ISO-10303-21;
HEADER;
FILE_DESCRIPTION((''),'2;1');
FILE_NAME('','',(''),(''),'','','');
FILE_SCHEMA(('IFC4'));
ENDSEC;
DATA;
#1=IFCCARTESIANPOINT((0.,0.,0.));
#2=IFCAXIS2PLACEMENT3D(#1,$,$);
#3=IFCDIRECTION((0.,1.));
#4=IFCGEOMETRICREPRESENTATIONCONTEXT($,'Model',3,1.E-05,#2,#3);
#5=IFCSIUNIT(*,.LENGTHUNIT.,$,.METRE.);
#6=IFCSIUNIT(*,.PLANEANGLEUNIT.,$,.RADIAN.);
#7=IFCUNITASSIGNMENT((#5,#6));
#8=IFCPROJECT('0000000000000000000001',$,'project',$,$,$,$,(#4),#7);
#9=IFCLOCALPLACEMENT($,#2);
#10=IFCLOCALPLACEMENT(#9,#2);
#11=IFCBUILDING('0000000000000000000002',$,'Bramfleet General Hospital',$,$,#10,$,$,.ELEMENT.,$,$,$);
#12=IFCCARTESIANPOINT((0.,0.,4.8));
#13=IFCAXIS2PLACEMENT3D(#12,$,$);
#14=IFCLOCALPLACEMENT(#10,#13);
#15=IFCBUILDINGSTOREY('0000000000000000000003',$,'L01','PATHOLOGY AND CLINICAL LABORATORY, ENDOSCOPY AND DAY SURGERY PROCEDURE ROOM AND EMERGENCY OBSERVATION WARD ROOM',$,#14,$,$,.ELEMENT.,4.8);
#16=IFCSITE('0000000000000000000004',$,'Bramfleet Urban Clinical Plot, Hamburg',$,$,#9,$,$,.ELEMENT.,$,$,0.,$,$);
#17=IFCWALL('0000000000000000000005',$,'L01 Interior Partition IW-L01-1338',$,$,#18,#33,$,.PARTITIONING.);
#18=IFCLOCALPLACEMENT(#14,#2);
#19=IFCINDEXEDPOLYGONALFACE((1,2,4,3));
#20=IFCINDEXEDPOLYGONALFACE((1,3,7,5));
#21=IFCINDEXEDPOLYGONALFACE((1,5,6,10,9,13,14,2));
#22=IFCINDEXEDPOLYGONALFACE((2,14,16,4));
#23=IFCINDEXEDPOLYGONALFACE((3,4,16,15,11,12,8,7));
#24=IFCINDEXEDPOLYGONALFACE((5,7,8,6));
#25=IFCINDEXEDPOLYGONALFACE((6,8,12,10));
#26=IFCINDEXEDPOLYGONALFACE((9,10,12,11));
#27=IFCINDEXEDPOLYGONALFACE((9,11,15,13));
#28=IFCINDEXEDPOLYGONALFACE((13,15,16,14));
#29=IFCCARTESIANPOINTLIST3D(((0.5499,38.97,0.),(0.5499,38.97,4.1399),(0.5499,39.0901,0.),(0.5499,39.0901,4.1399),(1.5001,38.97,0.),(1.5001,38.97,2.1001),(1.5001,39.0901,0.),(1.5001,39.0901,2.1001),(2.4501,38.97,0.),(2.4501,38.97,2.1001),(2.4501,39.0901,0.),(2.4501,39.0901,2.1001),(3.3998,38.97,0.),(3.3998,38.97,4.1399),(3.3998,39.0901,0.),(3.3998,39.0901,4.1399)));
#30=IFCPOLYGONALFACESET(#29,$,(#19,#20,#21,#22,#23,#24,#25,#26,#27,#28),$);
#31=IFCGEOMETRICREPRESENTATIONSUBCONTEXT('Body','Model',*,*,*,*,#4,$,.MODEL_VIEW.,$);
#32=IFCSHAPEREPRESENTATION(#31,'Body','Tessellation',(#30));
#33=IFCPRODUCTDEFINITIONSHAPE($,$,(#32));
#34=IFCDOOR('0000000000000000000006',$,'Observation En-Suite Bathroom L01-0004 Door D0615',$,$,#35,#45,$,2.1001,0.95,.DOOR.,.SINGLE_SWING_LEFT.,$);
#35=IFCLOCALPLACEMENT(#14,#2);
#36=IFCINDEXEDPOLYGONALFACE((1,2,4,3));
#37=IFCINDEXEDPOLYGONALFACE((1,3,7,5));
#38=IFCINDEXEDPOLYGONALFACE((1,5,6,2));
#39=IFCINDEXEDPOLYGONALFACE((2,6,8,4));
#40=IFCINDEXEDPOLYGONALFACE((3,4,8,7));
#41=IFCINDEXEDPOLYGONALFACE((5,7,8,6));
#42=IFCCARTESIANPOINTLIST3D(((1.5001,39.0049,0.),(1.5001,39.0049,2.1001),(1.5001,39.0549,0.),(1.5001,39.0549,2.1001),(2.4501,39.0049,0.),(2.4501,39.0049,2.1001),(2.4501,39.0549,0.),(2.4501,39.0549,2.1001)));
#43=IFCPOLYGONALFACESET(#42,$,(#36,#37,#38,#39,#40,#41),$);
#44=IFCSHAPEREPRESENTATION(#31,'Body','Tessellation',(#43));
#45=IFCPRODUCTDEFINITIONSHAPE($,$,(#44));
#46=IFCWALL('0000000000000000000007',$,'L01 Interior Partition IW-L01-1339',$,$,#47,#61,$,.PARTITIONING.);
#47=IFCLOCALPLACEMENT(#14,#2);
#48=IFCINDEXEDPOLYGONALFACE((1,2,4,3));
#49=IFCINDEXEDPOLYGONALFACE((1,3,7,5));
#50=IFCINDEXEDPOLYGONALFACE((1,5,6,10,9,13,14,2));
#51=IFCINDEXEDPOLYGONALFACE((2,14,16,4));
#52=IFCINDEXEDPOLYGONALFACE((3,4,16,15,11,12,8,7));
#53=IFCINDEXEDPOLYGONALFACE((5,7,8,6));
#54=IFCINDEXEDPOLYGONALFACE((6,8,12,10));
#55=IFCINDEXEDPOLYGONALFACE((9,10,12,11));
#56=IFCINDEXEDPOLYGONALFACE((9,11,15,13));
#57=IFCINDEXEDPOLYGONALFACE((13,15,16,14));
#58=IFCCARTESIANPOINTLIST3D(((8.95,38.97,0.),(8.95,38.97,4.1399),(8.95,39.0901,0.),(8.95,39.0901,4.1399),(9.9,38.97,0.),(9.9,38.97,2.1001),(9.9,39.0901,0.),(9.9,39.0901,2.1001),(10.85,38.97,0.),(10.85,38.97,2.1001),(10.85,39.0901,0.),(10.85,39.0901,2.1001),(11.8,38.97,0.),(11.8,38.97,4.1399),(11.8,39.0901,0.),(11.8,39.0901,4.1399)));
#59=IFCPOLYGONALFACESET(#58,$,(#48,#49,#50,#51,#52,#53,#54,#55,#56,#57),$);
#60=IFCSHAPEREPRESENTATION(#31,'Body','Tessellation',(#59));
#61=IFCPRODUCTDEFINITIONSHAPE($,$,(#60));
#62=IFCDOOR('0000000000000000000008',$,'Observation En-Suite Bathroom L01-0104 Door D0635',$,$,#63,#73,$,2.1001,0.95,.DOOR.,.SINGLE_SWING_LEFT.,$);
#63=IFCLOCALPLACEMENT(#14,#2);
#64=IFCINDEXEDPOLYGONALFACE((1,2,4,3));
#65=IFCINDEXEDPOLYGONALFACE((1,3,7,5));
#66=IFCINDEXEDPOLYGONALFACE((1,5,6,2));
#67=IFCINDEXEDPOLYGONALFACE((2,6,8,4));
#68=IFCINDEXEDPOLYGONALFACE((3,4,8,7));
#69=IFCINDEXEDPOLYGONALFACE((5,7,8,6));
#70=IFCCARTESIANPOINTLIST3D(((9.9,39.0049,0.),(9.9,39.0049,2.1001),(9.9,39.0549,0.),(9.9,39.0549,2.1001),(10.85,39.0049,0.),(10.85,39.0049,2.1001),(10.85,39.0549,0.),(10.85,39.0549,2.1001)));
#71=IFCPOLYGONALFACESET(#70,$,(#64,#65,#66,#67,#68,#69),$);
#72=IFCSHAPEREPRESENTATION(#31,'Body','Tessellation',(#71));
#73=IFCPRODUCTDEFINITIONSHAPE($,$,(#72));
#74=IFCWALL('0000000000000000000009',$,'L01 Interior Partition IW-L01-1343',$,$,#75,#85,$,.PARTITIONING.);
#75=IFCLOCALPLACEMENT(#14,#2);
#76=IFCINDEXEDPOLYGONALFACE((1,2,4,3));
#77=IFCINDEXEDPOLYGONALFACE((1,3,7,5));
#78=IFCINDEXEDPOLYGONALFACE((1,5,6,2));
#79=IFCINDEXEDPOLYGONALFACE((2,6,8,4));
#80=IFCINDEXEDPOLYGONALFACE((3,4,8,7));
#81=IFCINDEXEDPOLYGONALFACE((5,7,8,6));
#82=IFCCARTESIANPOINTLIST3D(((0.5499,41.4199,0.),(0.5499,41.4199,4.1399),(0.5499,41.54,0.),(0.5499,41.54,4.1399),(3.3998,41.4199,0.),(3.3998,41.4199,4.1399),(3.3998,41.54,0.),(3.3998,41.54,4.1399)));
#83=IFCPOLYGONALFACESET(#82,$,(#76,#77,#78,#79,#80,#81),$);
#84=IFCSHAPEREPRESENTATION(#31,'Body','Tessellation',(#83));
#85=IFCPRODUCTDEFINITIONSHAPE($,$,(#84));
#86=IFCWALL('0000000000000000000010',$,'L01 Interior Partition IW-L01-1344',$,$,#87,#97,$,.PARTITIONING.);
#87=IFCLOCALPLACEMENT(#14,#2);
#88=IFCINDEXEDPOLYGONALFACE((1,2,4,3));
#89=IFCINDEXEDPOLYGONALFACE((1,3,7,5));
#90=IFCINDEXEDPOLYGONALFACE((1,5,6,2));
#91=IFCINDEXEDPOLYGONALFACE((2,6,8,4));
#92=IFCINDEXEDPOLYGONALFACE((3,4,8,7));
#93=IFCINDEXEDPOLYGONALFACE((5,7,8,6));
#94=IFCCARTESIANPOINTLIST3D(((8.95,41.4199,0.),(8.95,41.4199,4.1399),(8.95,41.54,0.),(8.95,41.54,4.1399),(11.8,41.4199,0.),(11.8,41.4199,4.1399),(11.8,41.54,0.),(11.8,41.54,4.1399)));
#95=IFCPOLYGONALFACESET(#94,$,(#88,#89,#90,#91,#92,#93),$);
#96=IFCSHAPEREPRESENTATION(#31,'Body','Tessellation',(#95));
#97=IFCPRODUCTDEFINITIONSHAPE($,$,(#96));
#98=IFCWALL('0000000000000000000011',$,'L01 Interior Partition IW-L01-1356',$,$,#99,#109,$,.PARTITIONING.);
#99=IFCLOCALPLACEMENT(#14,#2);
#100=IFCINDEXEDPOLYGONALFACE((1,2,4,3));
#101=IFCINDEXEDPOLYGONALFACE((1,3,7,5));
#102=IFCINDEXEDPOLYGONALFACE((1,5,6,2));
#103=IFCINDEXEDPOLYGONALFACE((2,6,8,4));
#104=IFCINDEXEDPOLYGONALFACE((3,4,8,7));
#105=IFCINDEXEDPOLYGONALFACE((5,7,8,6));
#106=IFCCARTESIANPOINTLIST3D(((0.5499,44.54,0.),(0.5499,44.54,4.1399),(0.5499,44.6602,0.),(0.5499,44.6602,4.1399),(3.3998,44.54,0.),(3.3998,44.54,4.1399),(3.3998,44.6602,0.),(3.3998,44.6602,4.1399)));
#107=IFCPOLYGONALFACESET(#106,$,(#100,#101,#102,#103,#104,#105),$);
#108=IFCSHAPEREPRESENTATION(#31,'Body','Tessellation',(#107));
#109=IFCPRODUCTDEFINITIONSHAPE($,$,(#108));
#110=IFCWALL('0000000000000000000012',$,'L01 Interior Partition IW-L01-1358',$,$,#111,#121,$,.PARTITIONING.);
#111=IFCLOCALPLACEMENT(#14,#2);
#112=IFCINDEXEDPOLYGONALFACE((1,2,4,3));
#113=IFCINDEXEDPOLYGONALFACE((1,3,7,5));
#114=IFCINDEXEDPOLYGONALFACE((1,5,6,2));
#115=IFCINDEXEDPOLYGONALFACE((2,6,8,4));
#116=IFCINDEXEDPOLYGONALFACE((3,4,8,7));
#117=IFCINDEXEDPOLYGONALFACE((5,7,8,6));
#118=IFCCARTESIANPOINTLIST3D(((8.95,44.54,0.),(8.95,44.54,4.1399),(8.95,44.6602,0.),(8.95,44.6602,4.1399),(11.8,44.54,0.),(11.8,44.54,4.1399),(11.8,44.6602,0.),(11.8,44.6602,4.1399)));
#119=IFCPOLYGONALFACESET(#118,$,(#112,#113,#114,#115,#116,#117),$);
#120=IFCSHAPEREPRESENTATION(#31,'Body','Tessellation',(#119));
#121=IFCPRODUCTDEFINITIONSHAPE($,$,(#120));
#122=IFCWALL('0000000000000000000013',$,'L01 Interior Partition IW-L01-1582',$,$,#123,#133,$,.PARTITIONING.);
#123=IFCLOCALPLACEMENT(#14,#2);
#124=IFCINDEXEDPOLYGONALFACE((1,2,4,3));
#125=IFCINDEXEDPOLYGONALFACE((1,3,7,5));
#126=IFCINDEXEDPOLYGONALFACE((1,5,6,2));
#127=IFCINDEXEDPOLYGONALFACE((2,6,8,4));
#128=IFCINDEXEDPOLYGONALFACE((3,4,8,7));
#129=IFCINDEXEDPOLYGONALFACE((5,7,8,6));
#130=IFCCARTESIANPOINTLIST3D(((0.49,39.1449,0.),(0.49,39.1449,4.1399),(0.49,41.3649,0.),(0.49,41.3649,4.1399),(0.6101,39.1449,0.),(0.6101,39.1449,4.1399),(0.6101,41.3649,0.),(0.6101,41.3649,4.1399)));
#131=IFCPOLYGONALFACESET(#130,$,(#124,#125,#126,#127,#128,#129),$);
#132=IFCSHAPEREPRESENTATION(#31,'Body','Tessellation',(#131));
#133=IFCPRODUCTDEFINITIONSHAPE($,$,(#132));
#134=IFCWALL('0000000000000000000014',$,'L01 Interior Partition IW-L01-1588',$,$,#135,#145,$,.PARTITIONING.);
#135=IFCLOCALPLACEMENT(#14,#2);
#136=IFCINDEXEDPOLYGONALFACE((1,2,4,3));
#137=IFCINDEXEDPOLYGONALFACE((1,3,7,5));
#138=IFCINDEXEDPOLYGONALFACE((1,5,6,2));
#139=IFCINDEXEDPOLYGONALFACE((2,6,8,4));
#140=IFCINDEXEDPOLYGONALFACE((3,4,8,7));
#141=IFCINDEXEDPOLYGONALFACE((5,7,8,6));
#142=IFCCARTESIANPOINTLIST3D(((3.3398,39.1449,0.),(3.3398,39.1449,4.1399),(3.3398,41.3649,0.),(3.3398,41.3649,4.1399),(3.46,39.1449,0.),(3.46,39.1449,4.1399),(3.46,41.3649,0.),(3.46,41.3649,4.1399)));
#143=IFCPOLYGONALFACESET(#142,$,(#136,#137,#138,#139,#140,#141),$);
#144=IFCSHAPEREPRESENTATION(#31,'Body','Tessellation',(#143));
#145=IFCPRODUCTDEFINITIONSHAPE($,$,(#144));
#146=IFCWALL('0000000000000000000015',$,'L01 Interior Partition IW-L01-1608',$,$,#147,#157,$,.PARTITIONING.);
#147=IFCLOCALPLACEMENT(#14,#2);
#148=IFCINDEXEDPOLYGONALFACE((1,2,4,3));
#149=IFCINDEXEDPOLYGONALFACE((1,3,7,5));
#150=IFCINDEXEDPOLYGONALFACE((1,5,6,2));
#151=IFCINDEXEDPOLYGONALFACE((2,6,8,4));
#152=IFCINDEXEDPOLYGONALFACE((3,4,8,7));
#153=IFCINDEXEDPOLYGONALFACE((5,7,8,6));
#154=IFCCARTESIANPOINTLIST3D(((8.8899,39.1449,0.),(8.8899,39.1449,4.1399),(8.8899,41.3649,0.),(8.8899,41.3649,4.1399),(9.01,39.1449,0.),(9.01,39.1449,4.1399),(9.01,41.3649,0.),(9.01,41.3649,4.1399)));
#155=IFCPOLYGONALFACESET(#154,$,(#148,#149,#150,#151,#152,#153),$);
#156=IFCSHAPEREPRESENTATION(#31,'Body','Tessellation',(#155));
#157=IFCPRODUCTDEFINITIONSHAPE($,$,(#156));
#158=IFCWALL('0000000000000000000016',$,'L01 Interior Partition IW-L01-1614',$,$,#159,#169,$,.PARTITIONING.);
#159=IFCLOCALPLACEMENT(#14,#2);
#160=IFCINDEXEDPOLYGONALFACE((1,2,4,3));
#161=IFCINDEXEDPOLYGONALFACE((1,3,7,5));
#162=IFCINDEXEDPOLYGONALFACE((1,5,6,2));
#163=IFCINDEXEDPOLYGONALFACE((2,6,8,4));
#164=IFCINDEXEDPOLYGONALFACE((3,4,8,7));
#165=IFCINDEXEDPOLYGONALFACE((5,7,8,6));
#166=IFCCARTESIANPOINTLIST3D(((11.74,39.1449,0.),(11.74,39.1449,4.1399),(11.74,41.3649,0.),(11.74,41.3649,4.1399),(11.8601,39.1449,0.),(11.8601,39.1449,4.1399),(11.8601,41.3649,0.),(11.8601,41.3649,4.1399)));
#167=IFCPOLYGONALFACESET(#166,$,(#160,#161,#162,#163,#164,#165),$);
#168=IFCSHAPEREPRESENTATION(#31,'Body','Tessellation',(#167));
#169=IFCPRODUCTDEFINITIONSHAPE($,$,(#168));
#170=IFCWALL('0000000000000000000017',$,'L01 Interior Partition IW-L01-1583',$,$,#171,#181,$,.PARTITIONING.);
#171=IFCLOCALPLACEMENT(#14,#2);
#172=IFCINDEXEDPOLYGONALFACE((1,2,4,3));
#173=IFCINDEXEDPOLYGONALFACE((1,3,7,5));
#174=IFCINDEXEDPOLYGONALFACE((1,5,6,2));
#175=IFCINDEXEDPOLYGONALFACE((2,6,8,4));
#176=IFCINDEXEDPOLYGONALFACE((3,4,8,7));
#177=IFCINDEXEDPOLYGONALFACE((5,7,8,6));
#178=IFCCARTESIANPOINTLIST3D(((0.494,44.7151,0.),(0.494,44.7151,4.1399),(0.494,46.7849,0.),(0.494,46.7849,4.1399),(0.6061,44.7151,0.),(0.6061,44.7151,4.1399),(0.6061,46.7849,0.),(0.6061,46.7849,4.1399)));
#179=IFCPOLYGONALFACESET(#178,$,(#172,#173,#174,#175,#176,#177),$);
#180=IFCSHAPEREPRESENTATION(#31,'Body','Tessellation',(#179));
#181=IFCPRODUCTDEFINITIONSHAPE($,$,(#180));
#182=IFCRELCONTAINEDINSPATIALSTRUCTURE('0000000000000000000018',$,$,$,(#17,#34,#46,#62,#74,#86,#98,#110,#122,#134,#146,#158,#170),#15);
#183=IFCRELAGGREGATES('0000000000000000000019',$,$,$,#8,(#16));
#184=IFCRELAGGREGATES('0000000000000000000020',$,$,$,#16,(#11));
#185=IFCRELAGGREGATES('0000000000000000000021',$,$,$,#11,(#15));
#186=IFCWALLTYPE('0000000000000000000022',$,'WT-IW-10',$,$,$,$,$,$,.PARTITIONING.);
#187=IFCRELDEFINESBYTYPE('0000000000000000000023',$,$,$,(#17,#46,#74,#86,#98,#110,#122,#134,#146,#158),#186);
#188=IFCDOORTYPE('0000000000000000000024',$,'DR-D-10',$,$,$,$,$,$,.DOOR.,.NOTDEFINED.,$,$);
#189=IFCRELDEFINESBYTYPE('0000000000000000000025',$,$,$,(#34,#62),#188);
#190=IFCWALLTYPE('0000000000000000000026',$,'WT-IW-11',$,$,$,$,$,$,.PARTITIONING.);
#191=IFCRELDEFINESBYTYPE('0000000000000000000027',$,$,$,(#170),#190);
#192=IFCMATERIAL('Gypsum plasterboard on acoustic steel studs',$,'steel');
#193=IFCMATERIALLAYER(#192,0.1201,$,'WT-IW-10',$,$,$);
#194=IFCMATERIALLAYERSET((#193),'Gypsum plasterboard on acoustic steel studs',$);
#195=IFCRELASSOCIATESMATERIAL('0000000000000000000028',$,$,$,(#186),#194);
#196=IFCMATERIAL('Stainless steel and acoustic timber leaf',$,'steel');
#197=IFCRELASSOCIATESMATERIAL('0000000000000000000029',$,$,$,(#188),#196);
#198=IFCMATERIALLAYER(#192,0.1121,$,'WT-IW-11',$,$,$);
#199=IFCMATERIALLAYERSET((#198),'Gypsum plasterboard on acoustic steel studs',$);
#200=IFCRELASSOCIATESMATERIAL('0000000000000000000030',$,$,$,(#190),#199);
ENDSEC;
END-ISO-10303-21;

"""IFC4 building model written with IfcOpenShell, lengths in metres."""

from ifc_helpers import new_model, si_unit, direction, frame, frame_2d, origin, place, context, subcontext, project, spatial, rectangle, extrude, material, layer, layer_set, type_object, element, fill, save


model = new_model("IFC4")

# Units and contexts
model_context = context("Model", 3, precision=1e-05, world=origin(), true_north=direction((0.0, 1.0)))
body_context = subcontext(model_context, "Body", "Model", "MODEL_VIEW")
ifc_project = project(units=[si_unit("LENGTHUNIT", "METRE"), si_unit("PLANEANGLEUNIT", "RADIAN")], contexts=[model_context])

# Site, building, storey
site_placement = place(None, origin())
site = spatial("IfcSite", under=ifc_project, at=site_placement, Name="Bramfleet Urban Clinical Plot, Hamburg", CompositionType="ELEMENT", RefElevation=0.0)
building_placement = place(site_placement, origin())
building = spatial("IfcBuilding", under=site, at=building_placement, Name="Bramfleet General Hospital", CompositionType="ELEMENT")
storey_placement = place(building_placement, frame((0.0, 0.0, 4.8)))
storey = spatial("IfcBuildingStorey", under=building, at=storey_placement, Name="L01", Description="PATHOLOGY AND CLINICAL LABORATORY, ENDOSCOPY AND DAY SURGERY PROCEDURE ROOM AND EMERGENCY OBSERVATION WARD ROOM", CompositionType="ELEMENT", Elevation=4.8)

# Walls, openings, doors
ifc_material_1 = material(Name="Stainless steel and acoustic timber leaf", Category="steel")
ifc_material_2 = material(Name="Gypsum plasterboard on acoustic steel studs", Category="steel")
ifc_layer_1 = layer(ifc_material_2, 0.1201, Name="WT-IW-10")
ifc_layer_set_1 = layer_set([ifc_layer_1], Name="Gypsum plasterboard on acoustic steel studs")
wall_type_1 = type_object("IfcWallType", Name="WT-IW-10", PredefinedType="PARTITIONING", material=ifc_layer_set_1)
wall_1_placement = place(storey_placement, frame((0.55, 39.03, 0.0), z_axis=(0.0, 0.0, 1.0), x_axis=(1.0, 0.0, 0.0)))
wall_1 = element("IfcWall", 1, at=wall_1_placement, inside=storey, type_object=wall_type_1, Name="L01 Interior Partition IW-L01-1338", PredefinedType="PARTITIONING", context=body_context, shape_type="SweptSolid", body=[
    extrude(rectangle(XDim=2.8499, YDim=0.1201, at=frame_2d((1.4248, 0.0))), origin(), (0.0, 0.0, 1.0), 4.1399),
])
opening_1_placement = place(wall_1_placement, frame((0.95, 0.0, 0.0)))
opening_1 = element("IfcOpeningElement", 2, at=opening_1_placement, cuts=wall_1, PredefinedType="OPENING", context=body_context, shape_type="SweptSolid", body=[
    extrude(rectangle(XDim=0.95, YDim=2.1001, at=frame_2d((0.4751, 1.05))), frame((0.0, 0.0701, 0.0), z_axis=(0.0, -1.0, 0.0), x_axis=(1.0, 0.0, 0.0)), (0.0, 0.0, 1.0), 0.1401),
])
door_type_1 = type_object("IfcDoorType", Name="DR-D-10", OperationType="NOTDEFINED", PredefinedType="DOOR", material=ifc_material_1)
door_1_placement = place(opening_1_placement, origin())
door_1 = element("IfcDoor", 3, at=door_1_placement, inside=storey, type_object=door_type_1, Name="Observation En-Suite Bathroom L01-0004 Door D0615", OperationType="SINGLE_SWING_LEFT", OverallHeight=2.1001, OverallWidth=0.95, PredefinedType="DOOR", context=body_context, shape_type="SweptSolid", body=[
    extrude(rectangle(XDim=0.95, YDim=2.1001, at=frame_2d((0.4751, 1.05))), frame((0.0, 0.0249, 0.0), z_axis=(0.0, -1.0, 0.0), x_axis=(1.0, 0.0, 0.0)), (0.0, 0.0, 1.0), 0.05),
])
fill(opening_1, door_1)
wall_2_placement = place(storey_placement, frame((8.95, 39.03, 0.0), z_axis=(0.0, 0.0, 1.0), x_axis=(1.0, 0.0, 0.0)))
wall_2 = element("IfcWall", 4, at=wall_2_placement, inside=storey, type_object=wall_type_1, Name="L01 Interior Partition IW-L01-1339", PredefinedType="PARTITIONING", context=body_context, shape_type="SweptSolid", body=[
    extrude(rectangle(XDim=2.8501, YDim=0.1201, at=frame_2d((1.425, 0.0))), origin(), (0.0, 0.0, 1.0), 4.1399),
])
opening_2_placement = place(wall_2_placement, frame((0.95, 0.0, 0.0)))
opening_2 = element("IfcOpeningElement", 5, at=opening_2_placement, cuts=wall_2, PredefinedType="OPENING", context=body_context, shape_type="SweptSolid", body=[
    extrude(rectangle(XDim=0.95, YDim=2.1001, at=frame_2d((0.4751, 1.05))), frame((0.0, 0.0701, 0.0), z_axis=(0.0, -1.0, 0.0), x_axis=(1.0, 0.0, 0.0)), (0.0, 0.0, 1.0), 0.1401),
])
door_2_placement = place(opening_2_placement, origin())
door_2 = element("IfcDoor", 6, at=door_2_placement, inside=storey, type_object=door_type_1, Name="Observation En-Suite Bathroom L01-0104 Door D0635", OperationType="SINGLE_SWING_LEFT", OverallHeight=2.1001, OverallWidth=0.95, PredefinedType="DOOR", context=body_context, shape_type="SweptSolid", body=[
    extrude(rectangle(XDim=0.95, YDim=2.1001, at=frame_2d((0.4751, 1.05))), frame((0.0, 0.0249, 0.0), z_axis=(0.0, -1.0, 0.0), x_axis=(1.0, 0.0, 0.0)), (0.0, 0.0, 1.0), 0.05),
])
fill(opening_2, door_2)

# Walls
wall_3_placement = place(storey_placement, frame((0.55, 41.48, 0.0), z_axis=(0.0, 0.0, 1.0), x_axis=(1.0, 0.0, 0.0)))
element("IfcWall", 7, at=wall_3_placement, inside=storey, type_object=wall_type_1, Name="L01 Interior Partition IW-L01-1343", PredefinedType="PARTITIONING", context=body_context, shape_type="SweptSolid", body=[
    extrude(rectangle(XDim=2.8499, YDim=0.1201, at=frame_2d((1.4248, 0.0))), origin(), (0.0, 0.0, 1.0), 4.1399),
])
wall_4_placement = place(storey_placement, frame((8.95, 41.48, 0.0), z_axis=(0.0, 0.0, 1.0), x_axis=(1.0, 0.0, 0.0)))
element("IfcWall", 8, at=wall_4_placement, inside=storey, type_object=wall_type_1, Name="L01 Interior Partition IW-L01-1344", PredefinedType="PARTITIONING", context=body_context, shape_type="SweptSolid", body=[
    extrude(rectangle(XDim=2.8501, YDim=0.1201, at=frame_2d((1.425, 0.0))), origin(), (0.0, 0.0, 1.0), 4.1399),
])
wall_5_placement = place(storey_placement, frame((0.55, 44.6001, 0.0), z_axis=(0.0, 0.0, 1.0), x_axis=(1.0, 0.0, 0.0)))
element("IfcWall", 9, at=wall_5_placement, inside=storey, type_object=wall_type_1, Name="L01 Interior Partition IW-L01-1356", PredefinedType="PARTITIONING", context=body_context, shape_type="SweptSolid", body=[
    extrude(rectangle(XDim=2.8499, YDim=0.1201, at=frame_2d((1.4248, 0.0))), origin(), (0.0, 0.0, 1.0), 4.1399),
])
wall_6_placement = place(storey_placement, frame((8.95, 44.6001, 0.0), z_axis=(0.0, 0.0, 1.0), x_axis=(1.0, 0.0, 0.0)))
element("IfcWall", 10, at=wall_6_placement, inside=storey, type_object=wall_type_1, Name="L01 Interior Partition IW-L01-1358", PredefinedType="PARTITIONING", context=body_context, shape_type="SweptSolid", body=[
    extrude(rectangle(XDim=2.8501, YDim=0.1201, at=frame_2d((1.425, 0.0))), origin(), (0.0, 0.0, 1.0), 4.1399),
])
for number, where, z_axis, x_axis, name in (
    (11, (0.55, 39.145, 0.0), (0.0, 0.0, 1.0), (0.0, 1.0, 0.0), "L01 Interior Partition IW-L01-1582"),
    (12, (3.3999, 39.145, 0.0), (0.0, 0.0, 1.0), (0.0, 1.0, 0.0), "L01 Interior Partition IW-L01-1588"),
    (13, (8.95, 39.145, 0.0), (0.0, 0.0, 1.0), (0.0, 1.0, 0.0), "L01 Interior Partition IW-L01-1608"),
    (14, (11.8, 39.145, 0.0), (0.0, 0.0, 1.0), (0.0, 1.0, 0.0), "L01 Interior Partition IW-L01-1614"),
):
    element("IfcWall", number, at=place(storey_placement, frame(where, z_axis=z_axis, x_axis=x_axis)), inside=storey, type_object=wall_type_1, Name=name, PredefinedType="PARTITIONING", context=body_context, shape_type="SweptSolid", body=[
        extrude(rectangle(XDim=2.22, YDim=0.1201, at=frame_2d((1.1099, 0.0))), origin(), (0.0, 0.0, 1.0), 4.1399),
    ])
ifc_layer_2 = layer(ifc_material_2, 0.1121, Name="WT-IW-11")
ifc_layer_set_2 = layer_set([ifc_layer_2], Name="Gypsum plasterboard on acoustic steel studs")
wall_type_2 = type_object("IfcWallType", Name="WT-IW-11", PredefinedType="PARTITIONING", material=ifc_layer_set_2)
wall_7_placement = place(storey_placement, frame((0.55, 44.7151, 0.0), z_axis=(0.0, 0.0, 1.0), x_axis=(0.0, 1.0, 0.0)))
element("IfcWall", 15, at=wall_7_placement, inside=storey, type_object=wall_type_2, Name="L01 Interior Partition IW-L01-1583", PredefinedType="PARTITIONING", context=body_context, shape_type="SweptSolid", body=[
    extrude(rectangle(XDim=2.0698, YDim=0.1121, at=frame_2d((1.0349, 0.0))), origin(), (0.0, 0.0, 1.0), 4.1399),
])

save(model, "model.ifc")
